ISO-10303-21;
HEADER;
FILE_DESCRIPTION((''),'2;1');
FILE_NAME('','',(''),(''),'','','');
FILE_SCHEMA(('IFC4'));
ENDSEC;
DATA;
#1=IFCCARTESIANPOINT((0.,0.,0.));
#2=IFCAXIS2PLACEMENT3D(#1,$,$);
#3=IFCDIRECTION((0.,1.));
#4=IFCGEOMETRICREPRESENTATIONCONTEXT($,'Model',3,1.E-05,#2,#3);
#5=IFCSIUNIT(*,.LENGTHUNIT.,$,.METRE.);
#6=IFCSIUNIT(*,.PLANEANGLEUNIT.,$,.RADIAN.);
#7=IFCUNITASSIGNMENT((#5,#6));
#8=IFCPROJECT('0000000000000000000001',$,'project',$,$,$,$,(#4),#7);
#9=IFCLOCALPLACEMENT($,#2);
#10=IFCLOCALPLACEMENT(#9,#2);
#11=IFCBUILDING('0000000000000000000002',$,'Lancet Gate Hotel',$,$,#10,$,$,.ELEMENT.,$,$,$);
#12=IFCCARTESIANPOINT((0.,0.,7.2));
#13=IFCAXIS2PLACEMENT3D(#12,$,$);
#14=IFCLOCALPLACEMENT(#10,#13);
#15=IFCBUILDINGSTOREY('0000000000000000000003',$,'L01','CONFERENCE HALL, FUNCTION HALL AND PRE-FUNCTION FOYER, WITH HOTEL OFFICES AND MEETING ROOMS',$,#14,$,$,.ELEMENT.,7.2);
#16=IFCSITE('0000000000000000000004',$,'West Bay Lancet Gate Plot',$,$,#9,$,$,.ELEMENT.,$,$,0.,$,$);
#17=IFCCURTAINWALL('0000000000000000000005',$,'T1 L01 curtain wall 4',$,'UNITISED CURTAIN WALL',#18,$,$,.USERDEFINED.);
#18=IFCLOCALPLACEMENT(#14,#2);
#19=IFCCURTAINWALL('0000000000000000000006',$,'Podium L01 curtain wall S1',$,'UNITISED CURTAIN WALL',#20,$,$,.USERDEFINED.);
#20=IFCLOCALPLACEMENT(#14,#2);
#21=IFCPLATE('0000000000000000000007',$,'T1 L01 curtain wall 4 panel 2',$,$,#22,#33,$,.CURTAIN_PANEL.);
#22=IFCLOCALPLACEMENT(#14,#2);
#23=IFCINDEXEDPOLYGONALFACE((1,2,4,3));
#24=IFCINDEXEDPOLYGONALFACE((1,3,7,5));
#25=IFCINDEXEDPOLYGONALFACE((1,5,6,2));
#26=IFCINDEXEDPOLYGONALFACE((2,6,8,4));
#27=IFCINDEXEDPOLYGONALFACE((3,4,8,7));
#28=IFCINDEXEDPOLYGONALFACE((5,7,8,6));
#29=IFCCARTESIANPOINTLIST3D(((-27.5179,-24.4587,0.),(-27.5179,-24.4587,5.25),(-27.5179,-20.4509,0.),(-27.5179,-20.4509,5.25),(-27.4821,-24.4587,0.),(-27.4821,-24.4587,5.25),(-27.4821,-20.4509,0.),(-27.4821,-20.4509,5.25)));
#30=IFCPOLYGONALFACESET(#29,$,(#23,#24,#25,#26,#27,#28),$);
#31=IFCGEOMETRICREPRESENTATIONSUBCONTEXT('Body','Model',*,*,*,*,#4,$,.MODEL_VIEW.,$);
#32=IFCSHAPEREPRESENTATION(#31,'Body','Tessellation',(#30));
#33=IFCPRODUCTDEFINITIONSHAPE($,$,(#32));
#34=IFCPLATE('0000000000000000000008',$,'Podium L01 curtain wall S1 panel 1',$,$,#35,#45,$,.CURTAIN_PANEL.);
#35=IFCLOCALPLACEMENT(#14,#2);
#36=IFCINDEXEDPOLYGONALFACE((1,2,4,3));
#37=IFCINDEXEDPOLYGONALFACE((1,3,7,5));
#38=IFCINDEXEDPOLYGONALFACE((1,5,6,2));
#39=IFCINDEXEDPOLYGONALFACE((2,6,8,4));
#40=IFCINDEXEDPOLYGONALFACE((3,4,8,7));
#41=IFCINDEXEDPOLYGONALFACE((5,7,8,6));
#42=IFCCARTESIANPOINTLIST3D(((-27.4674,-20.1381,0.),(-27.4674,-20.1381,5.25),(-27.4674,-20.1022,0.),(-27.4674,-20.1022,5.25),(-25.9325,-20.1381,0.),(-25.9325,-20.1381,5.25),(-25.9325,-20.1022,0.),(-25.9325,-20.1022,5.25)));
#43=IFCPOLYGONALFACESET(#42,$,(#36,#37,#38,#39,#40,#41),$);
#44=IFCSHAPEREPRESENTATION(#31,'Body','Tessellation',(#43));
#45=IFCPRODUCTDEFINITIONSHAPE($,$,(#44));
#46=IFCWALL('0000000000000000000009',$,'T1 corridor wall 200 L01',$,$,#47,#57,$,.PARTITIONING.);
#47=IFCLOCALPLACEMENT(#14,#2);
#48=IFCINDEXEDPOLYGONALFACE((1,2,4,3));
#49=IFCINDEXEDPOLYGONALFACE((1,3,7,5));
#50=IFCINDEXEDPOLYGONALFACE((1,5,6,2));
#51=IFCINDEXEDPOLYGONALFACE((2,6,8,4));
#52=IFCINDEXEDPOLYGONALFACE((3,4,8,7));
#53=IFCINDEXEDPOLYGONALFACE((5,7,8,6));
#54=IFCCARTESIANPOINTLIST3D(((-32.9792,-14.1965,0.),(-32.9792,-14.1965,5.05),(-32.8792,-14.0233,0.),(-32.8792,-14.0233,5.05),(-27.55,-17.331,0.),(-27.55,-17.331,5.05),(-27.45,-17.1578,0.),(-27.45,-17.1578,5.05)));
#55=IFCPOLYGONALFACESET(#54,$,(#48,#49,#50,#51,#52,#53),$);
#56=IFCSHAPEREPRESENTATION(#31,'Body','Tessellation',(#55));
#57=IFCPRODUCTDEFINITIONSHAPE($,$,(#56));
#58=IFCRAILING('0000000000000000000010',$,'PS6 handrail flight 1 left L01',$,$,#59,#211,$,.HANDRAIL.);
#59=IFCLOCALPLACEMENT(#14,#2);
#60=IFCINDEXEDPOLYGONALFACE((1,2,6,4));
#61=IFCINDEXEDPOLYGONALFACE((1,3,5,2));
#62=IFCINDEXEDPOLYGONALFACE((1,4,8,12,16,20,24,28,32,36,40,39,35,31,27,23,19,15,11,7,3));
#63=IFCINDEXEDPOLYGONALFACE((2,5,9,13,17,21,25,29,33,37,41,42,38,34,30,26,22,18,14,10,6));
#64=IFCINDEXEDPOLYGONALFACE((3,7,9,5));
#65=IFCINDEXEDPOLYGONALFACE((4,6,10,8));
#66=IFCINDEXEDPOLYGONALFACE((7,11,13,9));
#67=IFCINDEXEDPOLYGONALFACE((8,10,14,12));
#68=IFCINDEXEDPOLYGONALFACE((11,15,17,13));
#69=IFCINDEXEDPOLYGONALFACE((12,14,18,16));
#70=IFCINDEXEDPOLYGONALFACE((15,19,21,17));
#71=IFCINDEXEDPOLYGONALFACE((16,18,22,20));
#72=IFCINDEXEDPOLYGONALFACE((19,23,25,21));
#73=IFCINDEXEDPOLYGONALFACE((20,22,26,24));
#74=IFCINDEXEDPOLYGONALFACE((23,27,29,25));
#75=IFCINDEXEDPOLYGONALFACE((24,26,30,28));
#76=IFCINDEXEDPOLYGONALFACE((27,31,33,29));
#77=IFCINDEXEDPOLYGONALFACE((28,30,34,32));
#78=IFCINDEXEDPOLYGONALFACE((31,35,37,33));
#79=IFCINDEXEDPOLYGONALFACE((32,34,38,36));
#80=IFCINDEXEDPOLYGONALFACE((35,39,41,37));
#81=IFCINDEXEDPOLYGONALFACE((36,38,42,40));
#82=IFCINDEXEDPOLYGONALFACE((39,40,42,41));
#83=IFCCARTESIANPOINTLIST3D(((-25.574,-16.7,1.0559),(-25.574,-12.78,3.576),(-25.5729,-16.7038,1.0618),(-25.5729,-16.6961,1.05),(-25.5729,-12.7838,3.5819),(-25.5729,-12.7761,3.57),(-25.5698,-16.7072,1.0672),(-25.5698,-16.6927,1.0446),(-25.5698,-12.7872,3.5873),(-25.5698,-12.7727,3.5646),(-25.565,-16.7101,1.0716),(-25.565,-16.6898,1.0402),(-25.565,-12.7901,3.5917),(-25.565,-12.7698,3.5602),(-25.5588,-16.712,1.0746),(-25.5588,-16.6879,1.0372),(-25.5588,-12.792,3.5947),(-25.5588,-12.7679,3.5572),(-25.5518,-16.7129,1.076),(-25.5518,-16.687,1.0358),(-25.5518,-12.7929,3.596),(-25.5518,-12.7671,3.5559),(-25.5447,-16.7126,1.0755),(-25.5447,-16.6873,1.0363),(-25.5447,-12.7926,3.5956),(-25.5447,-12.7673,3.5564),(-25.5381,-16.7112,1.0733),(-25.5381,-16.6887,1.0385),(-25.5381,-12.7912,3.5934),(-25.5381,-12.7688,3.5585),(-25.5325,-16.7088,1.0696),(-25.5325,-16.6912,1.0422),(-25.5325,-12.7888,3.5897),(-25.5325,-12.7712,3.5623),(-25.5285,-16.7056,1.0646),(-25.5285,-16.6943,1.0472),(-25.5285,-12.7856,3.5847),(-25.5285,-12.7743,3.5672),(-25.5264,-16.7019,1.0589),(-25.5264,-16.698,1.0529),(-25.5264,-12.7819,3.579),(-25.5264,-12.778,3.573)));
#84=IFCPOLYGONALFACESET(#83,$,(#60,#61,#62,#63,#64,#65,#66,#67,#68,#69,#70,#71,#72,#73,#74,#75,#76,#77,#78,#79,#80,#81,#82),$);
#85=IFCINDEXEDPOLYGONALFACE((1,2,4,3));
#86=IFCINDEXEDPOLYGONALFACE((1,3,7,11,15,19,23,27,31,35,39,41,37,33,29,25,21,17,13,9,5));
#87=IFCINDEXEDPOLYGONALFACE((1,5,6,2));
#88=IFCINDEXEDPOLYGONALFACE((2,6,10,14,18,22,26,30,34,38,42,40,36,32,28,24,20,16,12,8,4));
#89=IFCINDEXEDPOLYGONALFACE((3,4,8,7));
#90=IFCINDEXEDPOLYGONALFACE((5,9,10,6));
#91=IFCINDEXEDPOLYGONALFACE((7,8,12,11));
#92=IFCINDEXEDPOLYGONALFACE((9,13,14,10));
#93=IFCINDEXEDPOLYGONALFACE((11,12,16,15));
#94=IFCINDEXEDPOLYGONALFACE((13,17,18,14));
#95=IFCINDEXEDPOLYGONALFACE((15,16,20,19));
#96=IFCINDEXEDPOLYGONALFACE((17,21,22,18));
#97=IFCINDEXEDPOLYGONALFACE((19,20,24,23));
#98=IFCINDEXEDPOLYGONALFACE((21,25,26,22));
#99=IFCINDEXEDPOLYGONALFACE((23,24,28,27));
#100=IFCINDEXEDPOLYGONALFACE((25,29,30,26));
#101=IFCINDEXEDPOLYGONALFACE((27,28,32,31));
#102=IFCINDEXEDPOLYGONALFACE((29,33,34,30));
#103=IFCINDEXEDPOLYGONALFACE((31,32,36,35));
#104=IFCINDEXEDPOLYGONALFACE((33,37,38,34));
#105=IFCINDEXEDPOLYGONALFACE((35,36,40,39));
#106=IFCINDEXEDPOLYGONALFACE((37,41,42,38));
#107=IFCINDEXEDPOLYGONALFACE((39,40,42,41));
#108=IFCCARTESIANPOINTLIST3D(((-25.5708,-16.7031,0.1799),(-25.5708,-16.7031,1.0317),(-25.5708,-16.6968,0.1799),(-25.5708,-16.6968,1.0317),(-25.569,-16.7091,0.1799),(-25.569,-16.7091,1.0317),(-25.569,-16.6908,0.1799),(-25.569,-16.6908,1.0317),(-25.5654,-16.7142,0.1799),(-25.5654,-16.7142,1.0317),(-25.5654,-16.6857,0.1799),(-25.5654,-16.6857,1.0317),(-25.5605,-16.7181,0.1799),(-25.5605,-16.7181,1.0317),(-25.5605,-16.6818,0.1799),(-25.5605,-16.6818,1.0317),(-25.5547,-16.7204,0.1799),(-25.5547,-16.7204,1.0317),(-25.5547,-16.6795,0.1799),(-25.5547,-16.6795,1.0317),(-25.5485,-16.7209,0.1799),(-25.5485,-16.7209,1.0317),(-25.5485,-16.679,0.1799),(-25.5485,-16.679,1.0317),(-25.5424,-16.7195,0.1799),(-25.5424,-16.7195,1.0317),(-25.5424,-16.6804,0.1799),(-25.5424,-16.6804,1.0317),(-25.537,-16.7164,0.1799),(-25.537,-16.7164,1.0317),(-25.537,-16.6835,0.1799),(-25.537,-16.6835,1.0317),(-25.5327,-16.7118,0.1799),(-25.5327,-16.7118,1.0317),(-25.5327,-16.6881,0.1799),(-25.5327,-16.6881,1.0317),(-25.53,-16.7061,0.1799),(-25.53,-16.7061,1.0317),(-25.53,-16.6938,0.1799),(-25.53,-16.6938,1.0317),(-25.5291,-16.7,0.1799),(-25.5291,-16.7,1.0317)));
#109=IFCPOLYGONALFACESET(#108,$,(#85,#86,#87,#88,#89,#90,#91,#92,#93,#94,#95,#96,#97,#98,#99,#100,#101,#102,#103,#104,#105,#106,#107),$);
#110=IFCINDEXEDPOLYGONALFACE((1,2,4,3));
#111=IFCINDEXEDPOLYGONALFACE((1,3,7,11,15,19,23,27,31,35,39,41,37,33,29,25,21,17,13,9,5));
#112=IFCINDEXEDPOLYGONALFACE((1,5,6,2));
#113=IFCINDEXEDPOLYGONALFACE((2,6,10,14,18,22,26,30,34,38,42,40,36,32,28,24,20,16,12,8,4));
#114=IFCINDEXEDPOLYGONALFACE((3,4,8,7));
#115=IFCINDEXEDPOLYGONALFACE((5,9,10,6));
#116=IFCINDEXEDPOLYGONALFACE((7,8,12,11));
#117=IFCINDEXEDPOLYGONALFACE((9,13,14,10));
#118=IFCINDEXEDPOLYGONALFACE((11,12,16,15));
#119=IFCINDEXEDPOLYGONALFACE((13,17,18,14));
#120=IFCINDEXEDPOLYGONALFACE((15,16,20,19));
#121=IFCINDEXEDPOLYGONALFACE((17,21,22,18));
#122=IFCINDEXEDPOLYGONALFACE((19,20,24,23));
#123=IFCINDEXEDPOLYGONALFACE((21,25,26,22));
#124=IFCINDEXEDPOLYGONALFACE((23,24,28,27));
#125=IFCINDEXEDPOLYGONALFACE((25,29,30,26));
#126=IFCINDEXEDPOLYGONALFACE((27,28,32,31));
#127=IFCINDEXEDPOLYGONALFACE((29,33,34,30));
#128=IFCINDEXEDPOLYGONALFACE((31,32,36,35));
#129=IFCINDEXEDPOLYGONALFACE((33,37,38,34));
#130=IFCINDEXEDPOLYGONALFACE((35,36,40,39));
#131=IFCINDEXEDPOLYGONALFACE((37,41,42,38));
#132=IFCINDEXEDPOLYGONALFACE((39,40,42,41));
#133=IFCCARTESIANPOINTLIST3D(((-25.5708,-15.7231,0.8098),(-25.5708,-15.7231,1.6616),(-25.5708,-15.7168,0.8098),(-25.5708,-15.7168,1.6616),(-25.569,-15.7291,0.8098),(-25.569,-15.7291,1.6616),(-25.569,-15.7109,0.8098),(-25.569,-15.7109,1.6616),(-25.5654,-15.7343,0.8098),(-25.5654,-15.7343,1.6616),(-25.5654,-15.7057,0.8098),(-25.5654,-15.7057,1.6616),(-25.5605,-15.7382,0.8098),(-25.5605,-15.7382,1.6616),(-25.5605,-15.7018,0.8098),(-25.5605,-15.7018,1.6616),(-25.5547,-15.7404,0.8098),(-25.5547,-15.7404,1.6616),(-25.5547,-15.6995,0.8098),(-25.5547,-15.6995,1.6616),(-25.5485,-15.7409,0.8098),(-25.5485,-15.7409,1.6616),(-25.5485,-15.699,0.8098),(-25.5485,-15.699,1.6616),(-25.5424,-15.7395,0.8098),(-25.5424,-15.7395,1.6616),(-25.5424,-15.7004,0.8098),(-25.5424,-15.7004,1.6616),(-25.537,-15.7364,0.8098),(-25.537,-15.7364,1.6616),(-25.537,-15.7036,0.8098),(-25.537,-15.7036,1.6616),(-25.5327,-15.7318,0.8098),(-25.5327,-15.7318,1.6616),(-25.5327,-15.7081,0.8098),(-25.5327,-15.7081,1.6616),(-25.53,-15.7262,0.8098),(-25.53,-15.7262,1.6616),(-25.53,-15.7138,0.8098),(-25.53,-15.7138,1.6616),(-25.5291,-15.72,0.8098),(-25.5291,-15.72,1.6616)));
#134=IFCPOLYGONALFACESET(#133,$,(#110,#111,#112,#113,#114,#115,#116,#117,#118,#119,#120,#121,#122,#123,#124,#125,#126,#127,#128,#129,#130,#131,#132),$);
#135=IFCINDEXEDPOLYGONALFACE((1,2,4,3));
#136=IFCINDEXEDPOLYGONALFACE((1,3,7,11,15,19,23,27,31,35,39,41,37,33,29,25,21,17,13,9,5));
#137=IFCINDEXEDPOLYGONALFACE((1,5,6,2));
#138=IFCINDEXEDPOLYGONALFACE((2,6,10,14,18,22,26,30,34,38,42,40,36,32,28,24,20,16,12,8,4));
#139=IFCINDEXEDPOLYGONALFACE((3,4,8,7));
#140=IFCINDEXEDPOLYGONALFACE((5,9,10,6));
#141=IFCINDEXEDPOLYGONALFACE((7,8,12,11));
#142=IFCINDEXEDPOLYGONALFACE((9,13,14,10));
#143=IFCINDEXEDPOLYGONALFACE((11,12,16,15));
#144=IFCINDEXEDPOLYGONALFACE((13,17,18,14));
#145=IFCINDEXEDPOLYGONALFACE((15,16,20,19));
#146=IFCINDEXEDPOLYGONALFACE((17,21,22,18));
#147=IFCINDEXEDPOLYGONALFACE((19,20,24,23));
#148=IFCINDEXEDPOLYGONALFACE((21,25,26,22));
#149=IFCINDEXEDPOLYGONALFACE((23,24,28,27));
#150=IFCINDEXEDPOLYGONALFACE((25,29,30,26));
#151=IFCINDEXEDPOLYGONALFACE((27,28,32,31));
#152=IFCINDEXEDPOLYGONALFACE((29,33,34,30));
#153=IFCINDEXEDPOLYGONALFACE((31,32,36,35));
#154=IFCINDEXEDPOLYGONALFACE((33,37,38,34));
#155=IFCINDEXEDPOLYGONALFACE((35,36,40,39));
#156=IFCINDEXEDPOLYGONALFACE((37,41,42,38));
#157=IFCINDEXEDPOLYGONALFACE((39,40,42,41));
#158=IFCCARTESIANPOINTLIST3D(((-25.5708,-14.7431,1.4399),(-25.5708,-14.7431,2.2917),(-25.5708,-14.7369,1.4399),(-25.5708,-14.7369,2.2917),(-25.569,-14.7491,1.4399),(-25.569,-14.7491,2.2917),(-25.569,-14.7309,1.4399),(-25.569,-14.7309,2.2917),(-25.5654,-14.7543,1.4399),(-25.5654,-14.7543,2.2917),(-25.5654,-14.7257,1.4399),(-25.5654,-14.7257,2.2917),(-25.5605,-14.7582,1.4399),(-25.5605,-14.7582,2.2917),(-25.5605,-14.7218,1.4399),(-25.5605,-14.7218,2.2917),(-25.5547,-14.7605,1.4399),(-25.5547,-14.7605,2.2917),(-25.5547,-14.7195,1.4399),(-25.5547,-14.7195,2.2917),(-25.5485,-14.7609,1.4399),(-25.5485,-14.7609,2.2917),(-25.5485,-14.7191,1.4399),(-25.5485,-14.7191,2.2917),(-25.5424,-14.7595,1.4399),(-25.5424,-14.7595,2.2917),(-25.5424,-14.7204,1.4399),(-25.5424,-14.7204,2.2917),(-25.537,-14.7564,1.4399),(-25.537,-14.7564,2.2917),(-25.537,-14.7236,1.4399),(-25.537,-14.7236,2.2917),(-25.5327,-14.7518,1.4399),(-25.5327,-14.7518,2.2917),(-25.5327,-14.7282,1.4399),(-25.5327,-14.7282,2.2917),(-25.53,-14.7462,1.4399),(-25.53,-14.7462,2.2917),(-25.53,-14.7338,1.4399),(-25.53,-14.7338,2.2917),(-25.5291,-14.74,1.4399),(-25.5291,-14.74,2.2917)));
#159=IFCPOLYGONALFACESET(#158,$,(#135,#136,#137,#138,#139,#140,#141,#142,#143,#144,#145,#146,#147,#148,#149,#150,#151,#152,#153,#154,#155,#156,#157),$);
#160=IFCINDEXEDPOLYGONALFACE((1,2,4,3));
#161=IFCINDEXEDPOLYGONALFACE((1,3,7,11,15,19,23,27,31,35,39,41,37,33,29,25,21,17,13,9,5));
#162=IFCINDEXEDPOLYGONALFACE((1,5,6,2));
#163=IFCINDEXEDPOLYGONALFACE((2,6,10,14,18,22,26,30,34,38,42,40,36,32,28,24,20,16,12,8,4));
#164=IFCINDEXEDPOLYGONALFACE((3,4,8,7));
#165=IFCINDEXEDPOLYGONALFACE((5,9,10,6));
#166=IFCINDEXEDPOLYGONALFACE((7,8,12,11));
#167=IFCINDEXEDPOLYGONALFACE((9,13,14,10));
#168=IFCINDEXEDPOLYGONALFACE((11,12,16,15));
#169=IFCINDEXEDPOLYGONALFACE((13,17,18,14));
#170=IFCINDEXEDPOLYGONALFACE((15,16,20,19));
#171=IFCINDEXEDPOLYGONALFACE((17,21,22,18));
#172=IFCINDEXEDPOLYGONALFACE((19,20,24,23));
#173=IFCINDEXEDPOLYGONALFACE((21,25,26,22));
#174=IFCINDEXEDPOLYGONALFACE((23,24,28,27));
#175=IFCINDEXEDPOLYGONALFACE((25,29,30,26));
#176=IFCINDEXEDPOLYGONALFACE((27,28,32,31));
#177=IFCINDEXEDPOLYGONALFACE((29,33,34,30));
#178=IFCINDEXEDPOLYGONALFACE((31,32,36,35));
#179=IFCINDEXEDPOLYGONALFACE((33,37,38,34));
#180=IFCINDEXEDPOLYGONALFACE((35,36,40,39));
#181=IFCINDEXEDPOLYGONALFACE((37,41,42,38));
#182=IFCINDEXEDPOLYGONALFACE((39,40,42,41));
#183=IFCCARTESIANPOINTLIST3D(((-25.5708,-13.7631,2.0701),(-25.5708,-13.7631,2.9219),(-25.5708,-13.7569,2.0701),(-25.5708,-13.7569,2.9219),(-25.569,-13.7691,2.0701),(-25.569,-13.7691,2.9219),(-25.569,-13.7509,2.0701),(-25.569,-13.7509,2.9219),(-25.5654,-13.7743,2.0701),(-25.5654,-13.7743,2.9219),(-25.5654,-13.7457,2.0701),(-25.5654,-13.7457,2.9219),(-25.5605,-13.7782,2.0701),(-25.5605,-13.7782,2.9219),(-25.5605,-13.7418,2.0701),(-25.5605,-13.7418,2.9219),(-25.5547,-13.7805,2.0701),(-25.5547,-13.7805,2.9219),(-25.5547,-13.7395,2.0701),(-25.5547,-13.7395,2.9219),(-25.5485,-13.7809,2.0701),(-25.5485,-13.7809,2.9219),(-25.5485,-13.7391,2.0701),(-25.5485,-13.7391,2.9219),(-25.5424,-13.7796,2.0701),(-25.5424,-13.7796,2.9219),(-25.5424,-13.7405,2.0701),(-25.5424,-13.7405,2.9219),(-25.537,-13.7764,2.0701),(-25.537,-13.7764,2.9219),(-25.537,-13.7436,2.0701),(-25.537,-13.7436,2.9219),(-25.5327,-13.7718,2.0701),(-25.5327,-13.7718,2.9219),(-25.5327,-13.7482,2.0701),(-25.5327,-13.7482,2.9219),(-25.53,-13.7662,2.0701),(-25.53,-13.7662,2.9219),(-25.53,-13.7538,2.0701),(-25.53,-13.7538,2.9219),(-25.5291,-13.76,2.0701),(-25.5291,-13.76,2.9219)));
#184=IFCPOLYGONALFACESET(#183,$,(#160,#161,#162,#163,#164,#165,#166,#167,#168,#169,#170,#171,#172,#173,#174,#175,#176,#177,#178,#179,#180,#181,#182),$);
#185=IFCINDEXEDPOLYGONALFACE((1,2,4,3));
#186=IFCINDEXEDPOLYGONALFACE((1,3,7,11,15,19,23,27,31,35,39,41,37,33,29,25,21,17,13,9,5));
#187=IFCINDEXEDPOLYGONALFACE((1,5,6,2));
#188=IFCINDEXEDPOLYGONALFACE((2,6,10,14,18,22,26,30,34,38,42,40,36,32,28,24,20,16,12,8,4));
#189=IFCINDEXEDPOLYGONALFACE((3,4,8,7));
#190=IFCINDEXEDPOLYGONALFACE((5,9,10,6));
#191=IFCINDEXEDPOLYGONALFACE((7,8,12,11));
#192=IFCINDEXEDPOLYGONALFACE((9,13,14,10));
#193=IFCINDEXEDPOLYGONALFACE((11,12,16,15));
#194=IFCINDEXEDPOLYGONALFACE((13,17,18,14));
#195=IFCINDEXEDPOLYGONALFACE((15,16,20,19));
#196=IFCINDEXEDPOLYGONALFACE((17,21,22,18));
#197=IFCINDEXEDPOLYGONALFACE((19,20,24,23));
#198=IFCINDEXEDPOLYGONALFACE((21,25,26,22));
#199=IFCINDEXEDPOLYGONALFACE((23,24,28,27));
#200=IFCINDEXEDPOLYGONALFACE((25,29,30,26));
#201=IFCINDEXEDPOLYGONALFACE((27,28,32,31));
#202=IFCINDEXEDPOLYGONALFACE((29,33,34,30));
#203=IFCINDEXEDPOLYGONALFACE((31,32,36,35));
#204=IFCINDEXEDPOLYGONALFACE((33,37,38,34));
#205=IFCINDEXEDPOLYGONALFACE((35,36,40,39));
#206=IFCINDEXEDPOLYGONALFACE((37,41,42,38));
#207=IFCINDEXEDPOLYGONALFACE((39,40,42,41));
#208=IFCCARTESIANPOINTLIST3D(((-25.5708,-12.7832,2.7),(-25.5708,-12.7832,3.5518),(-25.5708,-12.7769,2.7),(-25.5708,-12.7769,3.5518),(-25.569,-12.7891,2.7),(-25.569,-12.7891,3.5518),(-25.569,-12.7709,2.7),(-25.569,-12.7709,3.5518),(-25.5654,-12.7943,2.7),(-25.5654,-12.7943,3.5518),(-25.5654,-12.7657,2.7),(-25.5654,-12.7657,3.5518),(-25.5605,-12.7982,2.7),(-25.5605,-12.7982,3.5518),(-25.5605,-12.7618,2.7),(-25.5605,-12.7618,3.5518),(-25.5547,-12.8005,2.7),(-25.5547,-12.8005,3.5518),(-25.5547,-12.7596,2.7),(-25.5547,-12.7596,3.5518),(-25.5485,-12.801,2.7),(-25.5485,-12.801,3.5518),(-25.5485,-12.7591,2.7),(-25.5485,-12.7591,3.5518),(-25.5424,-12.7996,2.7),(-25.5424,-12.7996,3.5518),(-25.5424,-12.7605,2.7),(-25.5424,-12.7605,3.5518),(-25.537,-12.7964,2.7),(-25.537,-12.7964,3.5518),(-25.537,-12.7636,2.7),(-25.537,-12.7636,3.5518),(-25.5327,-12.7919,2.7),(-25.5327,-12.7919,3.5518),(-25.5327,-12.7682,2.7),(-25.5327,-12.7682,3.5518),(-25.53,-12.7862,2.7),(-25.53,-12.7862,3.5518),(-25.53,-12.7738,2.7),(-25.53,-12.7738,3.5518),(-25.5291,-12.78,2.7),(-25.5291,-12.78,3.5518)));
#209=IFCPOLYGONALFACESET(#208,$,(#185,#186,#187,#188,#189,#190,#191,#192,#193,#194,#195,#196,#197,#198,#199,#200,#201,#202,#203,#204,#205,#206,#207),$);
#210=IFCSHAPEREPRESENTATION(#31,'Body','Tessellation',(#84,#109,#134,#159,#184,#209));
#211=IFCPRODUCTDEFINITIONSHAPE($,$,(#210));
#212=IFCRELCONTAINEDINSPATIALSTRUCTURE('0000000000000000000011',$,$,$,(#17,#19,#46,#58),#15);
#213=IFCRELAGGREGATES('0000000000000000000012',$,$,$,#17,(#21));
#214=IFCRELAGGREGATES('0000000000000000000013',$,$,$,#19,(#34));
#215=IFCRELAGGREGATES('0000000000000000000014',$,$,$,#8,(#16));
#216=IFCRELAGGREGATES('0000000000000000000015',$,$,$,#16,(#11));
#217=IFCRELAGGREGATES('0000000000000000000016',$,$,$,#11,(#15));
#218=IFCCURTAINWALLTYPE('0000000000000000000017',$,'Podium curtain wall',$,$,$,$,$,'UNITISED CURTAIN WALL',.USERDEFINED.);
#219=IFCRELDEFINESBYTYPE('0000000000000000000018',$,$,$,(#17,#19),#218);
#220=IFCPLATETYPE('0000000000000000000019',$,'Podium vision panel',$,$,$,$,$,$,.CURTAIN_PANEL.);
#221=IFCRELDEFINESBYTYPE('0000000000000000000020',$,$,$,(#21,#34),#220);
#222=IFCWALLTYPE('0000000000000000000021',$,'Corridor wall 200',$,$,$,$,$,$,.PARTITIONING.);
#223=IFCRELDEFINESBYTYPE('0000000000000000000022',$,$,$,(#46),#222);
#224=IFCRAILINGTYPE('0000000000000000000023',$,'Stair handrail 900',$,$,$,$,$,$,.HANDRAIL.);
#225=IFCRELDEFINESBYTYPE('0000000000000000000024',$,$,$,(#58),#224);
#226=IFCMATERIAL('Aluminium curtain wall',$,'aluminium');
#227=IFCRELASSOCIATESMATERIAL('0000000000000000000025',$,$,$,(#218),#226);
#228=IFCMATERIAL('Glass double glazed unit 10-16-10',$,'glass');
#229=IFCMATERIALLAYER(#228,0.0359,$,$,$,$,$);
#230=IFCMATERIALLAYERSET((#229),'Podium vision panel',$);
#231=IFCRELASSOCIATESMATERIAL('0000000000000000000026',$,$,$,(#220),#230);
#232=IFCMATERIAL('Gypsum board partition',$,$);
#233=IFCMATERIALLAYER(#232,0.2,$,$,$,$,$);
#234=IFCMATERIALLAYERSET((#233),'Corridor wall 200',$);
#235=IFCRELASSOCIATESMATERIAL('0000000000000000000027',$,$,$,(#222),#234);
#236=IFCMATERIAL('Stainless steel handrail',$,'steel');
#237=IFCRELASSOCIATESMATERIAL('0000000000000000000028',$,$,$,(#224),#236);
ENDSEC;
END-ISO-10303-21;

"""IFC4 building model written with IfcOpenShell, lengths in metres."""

from ifc_helpers import new_model, si_unit, direction, frame, frame_2d, origin, origin_2d, place, context, subcontext, project, spatial, rectangle, circle, extrude, material, layer, layer_set, type_object, element, aggregate, save


model = new_model("IFC4")

# Units and contexts
model_context = context("Model", 3, precision=1e-05, world=origin(), true_north=direction((0.0, 1.0)))
body_context = subcontext(model_context, "Body", "Model", "MODEL_VIEW")
ifc_project = project(units=[si_unit("LENGTHUNIT", "METRE"), si_unit("PLANEANGLEUNIT", "RADIAN")], contexts=[model_context])

# Site, building, storey
site_placement = place(None, origin())
site = spatial("IfcSite", under=ifc_project, at=site_placement, Name="West Bay Lancet Gate Plot", CompositionType="ELEMENT", RefElevation=0.0)
building_placement = place(site_placement, origin())
building = spatial("IfcBuilding", under=site, at=building_placement, Name="Lancet Gate Hotel", CompositionType="ELEMENT")
storey_placement = place(building_placement, frame((0.0, 0.0, 7.2)))
storey = spatial("IfcBuildingStorey", under=building, at=storey_placement, Name="L01", Description="CONFERENCE HALL, FUNCTION HALL AND PRE-FUNCTION FOYER, WITH HOTEL OFFICES AND MEETING ROOMS", CompositionType="ELEMENT", Elevation=7.2)

# Shared definitions
ifc_material_1 = material(Name="Aluminium curtain wall", Category="aluminium")
curtain_wall_type = type_object("IfcCurtainWallType", Name="Podium curtain wall", ElementType="UNITISED CURTAIN WALL", PredefinedType="USERDEFINED", material=ifc_material_1)

# Curtain walls
curtain_wall_1_placement = place(storey_placement, origin())
curtain_wall_1 = element("IfcCurtainWall", 1, at=curtain_wall_1_placement, inside=storey, type_object=curtain_wall_type, Name="T1 L01 curtain wall 4", ObjectType="UNITISED CURTAIN WALL", PredefinedType="USERDEFINED")
curtain_wall_2_placement = place(storey_placement, origin())
curtain_wall_2 = element("IfcCurtainWall", 2, at=curtain_wall_2_placement, inside=storey, type_object=curtain_wall_type, Name="Podium L01 curtain wall S1", ObjectType="UNITISED CURTAIN WALL", PredefinedType="USERDEFINED")

# Plates
ifc_material_2 = material(Name="Glass double glazed unit 10-16-10", Category="glass")
ifc_layer_1 = layer(ifc_material_2, 0.0359)
ifc_layer_set_1 = layer_set([ifc_layer_1], Name="Podium vision panel")
plate_type = type_object("IfcPlateType", Name="Podium vision panel", PredefinedType="CURTAIN_PANEL", material=ifc_layer_set_1)
plate_1_placement = place(storey_placement, frame((-27.5, -22.4548, 0.0), z_axis=(0.0, 0.0, 1.0), x_axis=(0.0, 1.0, 0.0)))
plate_1 = element("IfcPlate", 3, at=plate_1_placement, type_object=plate_type, Name="T1 L01 curtain wall 4 panel 2", PredefinedType="CURTAIN_PANEL", context=body_context, shape_type="SweptSolid", body=[
    extrude(rectangle(XDim=4.0078, YDim=0.0359, at=origin_2d()), origin(), (0.0, 0.0, 1.0), 5.25),
])
aggregate(curtain_wall_1, [plate_1])
plate_2_placement = place(storey_placement, frame((-26.7, -20.1201, 0.0), z_axis=(0.0, 0.0, 1.0), x_axis=(1.0, 0.0, 0.0)))
plate_2 = element("IfcPlate", 4, at=plate_2_placement, type_object=plate_type, Name="Podium L01 curtain wall S1 panel 1", PredefinedType="CURTAIN_PANEL", context=body_context, shape_type="SweptSolid", body=[
    extrude(rectangle(XDim=1.5349, YDim=0.0359, at=origin_2d()), origin(), (0.0, 0.0, 1.0), 5.25),
])
aggregate(curtain_wall_2, [plate_2])

# Wall
ifc_material_3 = material(Name="Gypsum board partition")
ifc_layer_2 = layer(ifc_material_3, 0.2)
ifc_layer_set_2 = layer_set([ifc_layer_2], Name="Corridor wall 200")
wall_type = type_object("IfcWallType", Name="Corridor wall 200", PredefinedType="PARTITIONING", material=ifc_layer_set_2)
wall_placement = place(storey_placement, frame((-27.5, -17.2444, 0.0), z_axis=(0.0, 0.0, 1.0), x_axis=(-0.866027, 0.499997, 0.0)))
element("IfcWall", 5, at=wall_placement, inside=storey, type_object=wall_type, Name="T1 corridor wall 200 L01", PredefinedType="PARTITIONING", context=body_context, shape_type="SweptSolid", body=[
    extrude(rectangle(XDim=6.269, YDim=0.2, at=frame_2d((3.1345, 0.0))), origin(), (0.0, 0.0, 1.0), 5.05),
])

# Railing
ifc_material_4 = material(Name="Stainless steel handrail", Category="steel")
railing_type = type_object("IfcRailingType", Name="Stair handrail 900", PredefinedType="HANDRAIL", material=ifc_material_4)
railing_placement = place(storey_placement, frame((-25.55, -16.7, 0.1799)))
element("IfcRailing", 6, at=railing_placement, inside=storey, type_object=railing_type, Name="PS6 handrail flight 1 left L01", PredefinedType="HANDRAIL", context=body_context, shape_type="SweptSolid", body=[
    extrude(circle(Radius=0.0239, at=origin_2d()), frame((0.0, 0.0, 0.876), z_axis=(0.0, 0.841172, 0.540768), x_axis=(-1.0, 0.0, 0.0)), (0.0, 0.0, 1.0), 4.6602),
    extrude(circle(Radius=0.021, at=origin_2d()), origin(), (0.0, 0.0, 1.0), 0.8518),
    extrude(circle(Radius=0.021, at=origin_2d()), frame((0.0, 0.98, 0.6299)), (0.0, 0.0, 1.0), 0.8518),
    extrude(circle(Radius=0.021, at=origin_2d()), frame((0.0, 1.96, 1.26)), (0.0, 0.0, 1.0), 0.8518),
    extrude(circle(Radius=0.021, at=origin_2d()), frame((0.0, 2.9399, 1.8901)), (0.0, 0.0, 1.0), 0.8518),
    extrude(circle(Radius=0.021, at=origin_2d()), frame((0.0, 3.9199, 2.52)), (0.0, 0.0, 1.0), 0.8518),
])

save(model, "model.ifc")
